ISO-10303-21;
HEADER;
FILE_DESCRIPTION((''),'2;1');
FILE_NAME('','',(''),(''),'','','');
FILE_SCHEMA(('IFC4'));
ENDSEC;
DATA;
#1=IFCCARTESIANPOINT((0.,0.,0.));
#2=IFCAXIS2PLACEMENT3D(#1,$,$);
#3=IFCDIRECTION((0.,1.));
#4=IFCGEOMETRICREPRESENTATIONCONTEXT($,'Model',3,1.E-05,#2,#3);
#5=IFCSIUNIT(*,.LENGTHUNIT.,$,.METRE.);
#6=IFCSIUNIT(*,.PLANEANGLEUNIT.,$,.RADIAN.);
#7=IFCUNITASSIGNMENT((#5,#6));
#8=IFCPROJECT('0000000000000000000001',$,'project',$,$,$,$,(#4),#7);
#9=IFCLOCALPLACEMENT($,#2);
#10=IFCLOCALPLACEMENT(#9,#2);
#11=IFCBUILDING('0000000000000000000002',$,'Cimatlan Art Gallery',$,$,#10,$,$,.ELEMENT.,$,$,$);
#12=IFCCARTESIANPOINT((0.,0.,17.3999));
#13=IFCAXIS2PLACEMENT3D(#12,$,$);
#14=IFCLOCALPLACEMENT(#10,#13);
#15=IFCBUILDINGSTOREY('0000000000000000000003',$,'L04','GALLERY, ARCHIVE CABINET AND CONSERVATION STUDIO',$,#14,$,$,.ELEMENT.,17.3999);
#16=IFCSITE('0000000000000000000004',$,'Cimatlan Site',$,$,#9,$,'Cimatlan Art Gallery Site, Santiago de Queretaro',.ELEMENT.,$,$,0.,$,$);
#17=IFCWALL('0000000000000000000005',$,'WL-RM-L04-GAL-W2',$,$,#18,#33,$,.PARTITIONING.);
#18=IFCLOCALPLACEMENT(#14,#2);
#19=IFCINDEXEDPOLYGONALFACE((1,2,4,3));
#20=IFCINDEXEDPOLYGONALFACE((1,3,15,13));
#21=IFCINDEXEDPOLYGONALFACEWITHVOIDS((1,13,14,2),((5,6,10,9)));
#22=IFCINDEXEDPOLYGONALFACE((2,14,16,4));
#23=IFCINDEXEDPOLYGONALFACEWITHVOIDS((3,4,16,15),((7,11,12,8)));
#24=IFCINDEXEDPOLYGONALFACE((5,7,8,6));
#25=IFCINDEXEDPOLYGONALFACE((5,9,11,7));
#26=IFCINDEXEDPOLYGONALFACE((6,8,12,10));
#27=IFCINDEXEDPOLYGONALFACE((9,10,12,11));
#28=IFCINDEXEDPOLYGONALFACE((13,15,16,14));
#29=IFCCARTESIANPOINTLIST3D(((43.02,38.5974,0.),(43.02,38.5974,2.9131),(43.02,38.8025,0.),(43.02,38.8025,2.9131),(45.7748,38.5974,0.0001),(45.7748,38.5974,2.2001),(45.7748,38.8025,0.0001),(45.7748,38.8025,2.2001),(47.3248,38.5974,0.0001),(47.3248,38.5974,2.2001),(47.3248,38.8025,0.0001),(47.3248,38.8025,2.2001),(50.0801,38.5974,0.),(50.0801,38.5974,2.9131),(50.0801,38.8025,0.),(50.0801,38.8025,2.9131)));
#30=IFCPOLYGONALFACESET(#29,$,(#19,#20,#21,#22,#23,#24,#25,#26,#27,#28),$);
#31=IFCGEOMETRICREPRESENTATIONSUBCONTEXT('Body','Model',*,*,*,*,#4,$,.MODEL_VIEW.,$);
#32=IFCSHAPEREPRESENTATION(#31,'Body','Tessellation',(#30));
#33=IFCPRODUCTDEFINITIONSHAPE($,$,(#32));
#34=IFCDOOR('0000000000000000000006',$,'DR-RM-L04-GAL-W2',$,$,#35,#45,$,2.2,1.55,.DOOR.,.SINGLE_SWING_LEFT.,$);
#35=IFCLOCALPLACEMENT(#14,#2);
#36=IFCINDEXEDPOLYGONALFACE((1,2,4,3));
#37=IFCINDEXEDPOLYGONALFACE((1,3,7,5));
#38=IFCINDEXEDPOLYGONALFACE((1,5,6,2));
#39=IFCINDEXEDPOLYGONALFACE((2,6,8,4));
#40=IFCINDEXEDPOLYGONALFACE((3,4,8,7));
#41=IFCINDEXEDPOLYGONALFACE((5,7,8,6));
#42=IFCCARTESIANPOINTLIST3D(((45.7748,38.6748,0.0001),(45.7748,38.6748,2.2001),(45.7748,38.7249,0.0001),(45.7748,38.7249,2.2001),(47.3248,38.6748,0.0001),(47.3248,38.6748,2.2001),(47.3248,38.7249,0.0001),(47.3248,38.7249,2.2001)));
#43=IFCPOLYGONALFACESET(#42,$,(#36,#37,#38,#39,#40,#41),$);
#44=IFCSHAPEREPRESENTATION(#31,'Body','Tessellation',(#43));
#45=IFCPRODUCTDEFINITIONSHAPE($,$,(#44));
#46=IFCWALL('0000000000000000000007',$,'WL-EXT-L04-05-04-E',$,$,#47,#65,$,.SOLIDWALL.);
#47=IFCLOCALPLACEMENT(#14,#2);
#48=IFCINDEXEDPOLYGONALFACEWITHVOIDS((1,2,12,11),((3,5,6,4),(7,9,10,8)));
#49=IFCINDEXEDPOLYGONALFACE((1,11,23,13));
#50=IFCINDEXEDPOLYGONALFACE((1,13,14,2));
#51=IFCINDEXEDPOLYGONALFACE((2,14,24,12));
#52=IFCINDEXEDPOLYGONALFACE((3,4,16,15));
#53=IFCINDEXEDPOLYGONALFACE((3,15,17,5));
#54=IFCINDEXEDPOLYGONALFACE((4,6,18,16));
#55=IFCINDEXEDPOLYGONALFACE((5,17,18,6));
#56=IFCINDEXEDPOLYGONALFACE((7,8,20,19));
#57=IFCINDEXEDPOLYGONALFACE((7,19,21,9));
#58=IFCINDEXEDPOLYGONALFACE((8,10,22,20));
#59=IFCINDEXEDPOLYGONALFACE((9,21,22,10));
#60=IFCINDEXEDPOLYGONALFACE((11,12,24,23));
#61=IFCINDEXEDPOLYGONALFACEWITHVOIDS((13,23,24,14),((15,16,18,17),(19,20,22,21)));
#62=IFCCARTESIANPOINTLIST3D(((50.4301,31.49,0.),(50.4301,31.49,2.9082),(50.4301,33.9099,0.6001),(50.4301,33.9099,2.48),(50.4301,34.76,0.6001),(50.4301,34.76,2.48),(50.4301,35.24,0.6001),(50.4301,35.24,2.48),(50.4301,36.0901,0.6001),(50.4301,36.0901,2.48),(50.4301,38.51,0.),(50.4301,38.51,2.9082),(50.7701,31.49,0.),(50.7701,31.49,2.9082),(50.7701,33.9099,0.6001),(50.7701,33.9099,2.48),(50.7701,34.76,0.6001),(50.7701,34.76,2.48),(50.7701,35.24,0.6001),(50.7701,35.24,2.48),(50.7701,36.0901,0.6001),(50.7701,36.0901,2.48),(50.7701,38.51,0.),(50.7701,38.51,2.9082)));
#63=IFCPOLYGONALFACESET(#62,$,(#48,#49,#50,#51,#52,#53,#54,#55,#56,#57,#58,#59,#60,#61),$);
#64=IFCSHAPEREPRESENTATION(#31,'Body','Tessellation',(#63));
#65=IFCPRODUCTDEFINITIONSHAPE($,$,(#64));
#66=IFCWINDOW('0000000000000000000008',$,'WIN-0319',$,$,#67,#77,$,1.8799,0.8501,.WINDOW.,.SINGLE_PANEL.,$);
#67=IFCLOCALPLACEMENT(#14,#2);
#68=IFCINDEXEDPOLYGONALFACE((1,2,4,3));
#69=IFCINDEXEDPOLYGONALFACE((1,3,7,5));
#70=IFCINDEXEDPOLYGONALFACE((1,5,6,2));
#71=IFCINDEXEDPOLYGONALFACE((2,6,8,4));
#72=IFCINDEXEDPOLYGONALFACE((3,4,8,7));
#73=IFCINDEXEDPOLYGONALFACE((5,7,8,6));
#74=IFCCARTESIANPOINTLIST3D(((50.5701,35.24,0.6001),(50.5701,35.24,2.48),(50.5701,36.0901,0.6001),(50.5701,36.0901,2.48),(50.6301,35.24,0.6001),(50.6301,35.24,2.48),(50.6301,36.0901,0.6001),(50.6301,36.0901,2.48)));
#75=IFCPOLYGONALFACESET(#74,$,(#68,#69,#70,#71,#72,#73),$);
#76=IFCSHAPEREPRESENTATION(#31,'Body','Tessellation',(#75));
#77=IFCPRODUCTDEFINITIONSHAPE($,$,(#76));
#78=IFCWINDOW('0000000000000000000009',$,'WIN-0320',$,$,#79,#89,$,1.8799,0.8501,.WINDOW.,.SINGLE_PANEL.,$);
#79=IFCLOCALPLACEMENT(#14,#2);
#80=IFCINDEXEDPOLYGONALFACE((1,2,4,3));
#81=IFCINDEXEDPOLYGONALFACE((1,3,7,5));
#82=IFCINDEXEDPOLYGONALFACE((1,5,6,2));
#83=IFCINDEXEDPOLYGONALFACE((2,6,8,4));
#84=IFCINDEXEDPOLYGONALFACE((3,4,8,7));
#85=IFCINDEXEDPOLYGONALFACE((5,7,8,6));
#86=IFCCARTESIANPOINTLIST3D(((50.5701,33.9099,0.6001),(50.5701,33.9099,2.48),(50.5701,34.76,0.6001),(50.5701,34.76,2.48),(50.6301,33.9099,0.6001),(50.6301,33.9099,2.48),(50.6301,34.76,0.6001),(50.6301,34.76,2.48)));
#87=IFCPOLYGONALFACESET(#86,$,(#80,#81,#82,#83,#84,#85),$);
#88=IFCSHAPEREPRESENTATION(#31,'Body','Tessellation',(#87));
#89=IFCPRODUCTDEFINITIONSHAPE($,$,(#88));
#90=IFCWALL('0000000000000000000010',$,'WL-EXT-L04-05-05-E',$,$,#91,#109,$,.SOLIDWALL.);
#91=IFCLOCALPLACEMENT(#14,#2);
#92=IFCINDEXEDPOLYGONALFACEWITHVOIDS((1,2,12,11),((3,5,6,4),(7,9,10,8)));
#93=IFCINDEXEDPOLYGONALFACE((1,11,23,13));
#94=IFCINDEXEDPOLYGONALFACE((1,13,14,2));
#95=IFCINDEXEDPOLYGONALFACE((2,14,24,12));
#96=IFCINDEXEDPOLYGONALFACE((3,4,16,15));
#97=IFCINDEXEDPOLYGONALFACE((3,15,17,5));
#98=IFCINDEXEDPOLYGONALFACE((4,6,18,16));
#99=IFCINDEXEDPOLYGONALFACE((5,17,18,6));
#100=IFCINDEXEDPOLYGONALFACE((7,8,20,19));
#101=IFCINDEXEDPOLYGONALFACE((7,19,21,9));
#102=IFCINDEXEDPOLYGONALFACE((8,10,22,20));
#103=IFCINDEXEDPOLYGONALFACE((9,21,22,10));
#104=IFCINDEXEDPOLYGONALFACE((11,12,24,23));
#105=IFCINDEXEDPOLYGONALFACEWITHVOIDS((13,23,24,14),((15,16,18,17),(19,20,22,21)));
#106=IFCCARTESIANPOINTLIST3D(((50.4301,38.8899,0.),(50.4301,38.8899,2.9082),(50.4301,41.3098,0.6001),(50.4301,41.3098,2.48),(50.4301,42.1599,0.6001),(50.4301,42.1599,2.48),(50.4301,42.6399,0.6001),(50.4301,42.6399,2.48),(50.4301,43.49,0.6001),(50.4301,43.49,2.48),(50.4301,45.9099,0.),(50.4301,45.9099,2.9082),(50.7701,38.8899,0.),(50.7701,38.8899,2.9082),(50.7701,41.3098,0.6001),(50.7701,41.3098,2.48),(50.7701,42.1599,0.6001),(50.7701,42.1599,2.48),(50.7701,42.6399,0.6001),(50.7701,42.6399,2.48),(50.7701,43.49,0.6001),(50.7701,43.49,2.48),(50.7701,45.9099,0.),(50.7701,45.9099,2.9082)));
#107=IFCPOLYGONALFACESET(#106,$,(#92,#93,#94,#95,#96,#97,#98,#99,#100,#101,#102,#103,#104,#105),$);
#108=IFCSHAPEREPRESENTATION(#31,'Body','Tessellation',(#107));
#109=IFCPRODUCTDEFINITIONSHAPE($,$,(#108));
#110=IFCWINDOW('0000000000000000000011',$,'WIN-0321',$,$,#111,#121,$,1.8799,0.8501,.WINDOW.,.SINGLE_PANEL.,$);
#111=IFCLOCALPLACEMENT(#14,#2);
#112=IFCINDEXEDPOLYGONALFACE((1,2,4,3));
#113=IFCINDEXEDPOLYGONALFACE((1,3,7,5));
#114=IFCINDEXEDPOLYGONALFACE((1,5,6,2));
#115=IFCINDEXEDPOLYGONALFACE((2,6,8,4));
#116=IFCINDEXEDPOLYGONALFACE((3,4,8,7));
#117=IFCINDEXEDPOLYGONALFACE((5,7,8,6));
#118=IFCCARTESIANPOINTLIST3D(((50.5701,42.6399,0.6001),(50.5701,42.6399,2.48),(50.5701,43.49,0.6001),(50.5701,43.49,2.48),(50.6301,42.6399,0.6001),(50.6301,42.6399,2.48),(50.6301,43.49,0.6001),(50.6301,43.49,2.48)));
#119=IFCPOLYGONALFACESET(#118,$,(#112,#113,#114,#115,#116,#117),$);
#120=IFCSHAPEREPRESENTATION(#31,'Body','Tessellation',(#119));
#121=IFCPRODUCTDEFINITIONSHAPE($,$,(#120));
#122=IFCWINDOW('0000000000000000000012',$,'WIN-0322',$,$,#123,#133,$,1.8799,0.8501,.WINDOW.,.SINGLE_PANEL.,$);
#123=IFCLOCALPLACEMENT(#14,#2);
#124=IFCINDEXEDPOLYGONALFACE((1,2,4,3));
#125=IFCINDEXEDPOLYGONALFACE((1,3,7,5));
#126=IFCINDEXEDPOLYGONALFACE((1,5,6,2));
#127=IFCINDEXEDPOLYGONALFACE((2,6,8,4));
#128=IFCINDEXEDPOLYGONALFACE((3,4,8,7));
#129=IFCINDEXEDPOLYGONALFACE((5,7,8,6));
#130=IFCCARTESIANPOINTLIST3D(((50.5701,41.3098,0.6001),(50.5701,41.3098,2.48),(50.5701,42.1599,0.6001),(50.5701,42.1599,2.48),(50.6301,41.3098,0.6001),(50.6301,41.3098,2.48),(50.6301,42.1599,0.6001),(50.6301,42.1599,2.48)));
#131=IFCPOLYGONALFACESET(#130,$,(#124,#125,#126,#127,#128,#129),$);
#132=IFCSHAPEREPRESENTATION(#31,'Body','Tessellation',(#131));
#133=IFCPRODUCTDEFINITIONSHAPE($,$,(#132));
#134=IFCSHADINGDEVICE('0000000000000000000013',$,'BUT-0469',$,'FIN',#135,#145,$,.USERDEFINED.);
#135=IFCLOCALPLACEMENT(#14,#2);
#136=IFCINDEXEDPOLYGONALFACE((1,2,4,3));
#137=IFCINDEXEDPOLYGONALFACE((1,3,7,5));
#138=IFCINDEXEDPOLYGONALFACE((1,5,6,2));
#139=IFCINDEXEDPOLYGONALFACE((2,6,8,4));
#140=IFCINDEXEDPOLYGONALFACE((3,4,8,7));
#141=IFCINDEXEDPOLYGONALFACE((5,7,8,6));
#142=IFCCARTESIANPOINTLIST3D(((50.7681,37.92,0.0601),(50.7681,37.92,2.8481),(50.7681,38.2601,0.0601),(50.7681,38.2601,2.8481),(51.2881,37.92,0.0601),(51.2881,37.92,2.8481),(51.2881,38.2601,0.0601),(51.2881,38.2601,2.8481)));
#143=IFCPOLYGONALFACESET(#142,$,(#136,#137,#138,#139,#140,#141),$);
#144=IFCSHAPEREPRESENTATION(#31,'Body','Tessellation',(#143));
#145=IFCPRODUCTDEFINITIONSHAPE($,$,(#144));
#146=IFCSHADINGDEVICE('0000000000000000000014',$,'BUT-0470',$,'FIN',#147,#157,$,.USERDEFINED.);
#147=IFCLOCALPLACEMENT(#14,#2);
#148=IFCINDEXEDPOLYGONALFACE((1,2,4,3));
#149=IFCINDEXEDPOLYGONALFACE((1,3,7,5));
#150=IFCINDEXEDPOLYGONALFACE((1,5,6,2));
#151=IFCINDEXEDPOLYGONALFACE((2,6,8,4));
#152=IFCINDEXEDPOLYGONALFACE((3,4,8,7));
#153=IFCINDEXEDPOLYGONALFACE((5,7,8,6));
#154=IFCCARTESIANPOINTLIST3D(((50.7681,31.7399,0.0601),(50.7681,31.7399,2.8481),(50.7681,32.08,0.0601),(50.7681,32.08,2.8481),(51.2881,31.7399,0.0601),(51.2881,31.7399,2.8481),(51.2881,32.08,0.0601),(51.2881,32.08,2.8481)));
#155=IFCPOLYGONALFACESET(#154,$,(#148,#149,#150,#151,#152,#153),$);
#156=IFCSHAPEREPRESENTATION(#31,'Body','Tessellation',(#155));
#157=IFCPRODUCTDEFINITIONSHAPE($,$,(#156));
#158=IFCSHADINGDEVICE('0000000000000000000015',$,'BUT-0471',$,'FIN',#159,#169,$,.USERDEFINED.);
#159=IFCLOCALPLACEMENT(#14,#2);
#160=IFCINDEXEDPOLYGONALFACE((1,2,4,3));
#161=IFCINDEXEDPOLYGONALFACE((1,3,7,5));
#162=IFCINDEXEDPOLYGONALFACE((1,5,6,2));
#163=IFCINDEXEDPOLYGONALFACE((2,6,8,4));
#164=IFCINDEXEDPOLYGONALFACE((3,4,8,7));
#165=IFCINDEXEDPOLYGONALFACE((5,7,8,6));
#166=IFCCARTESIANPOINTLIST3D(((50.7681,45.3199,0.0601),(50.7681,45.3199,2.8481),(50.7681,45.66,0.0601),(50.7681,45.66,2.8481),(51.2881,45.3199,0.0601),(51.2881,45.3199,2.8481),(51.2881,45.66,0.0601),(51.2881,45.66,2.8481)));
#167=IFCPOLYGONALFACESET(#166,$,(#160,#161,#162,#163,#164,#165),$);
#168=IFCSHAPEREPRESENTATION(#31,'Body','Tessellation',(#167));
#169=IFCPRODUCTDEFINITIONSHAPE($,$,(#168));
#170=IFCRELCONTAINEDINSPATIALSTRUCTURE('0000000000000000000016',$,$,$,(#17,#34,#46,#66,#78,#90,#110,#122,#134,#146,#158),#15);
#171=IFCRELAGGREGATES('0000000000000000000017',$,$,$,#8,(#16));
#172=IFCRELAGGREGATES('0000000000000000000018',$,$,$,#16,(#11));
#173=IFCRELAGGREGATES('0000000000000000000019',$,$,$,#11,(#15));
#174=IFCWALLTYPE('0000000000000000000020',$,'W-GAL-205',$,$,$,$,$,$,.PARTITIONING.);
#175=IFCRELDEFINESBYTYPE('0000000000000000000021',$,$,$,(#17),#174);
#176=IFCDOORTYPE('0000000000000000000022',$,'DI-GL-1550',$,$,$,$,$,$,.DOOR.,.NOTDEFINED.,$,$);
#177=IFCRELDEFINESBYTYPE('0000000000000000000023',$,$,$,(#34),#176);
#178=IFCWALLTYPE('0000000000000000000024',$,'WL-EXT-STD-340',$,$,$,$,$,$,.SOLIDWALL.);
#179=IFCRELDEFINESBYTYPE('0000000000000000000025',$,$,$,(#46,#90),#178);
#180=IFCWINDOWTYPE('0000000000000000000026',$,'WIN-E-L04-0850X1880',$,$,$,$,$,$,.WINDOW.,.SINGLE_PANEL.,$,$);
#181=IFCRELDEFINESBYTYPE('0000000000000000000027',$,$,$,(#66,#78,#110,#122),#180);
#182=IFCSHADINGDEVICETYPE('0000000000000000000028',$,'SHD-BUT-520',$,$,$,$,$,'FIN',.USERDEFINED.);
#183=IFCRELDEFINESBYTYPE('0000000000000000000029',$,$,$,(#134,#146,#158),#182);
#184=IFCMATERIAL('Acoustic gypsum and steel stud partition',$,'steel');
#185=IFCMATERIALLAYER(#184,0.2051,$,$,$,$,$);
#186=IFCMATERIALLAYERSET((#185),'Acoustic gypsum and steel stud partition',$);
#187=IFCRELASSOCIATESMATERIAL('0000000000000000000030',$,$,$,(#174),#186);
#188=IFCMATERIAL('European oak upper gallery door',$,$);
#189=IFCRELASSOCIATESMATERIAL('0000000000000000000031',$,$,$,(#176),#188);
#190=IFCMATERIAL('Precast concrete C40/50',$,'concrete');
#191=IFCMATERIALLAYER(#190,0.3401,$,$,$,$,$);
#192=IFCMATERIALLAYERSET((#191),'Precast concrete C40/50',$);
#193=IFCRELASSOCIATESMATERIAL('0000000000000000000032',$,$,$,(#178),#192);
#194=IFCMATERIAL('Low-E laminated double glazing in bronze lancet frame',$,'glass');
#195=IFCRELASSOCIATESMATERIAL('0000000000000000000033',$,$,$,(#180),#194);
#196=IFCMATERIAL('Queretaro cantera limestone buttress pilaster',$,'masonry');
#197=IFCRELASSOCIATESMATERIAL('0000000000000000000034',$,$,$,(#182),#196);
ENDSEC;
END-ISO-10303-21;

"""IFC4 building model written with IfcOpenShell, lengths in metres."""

from ifc_helpers import new_model, si_unit, direction, frame, frame_2d, origin, origin_2d, place, context, subcontext, project, spatial, rectangle, extrude, material, layer, layer_set, type_object, element, fill, save


model = new_model("IFC4")

# Units and contexts
model_context = context("Model", 3, precision=1e-05, world=origin(), true_north=direction((0.0, 1.0)))
body_context = subcontext(model_context, "Body", "Model", "MODEL_VIEW")
ifc_project = project(units=[si_unit("LENGTHUNIT", "METRE"), si_unit("PLANEANGLEUNIT", "RADIAN")], contexts=[model_context])

# Site, building, storey
site_placement = place(None, origin())
site = spatial("IfcSite", under=ifc_project, at=site_placement, Name="Cimatlan Site", LongName="Cimatlan Art Gallery Site, Santiago de Queretaro", CompositionType="ELEMENT", RefElevation=0.0)
building_placement = place(site_placement, origin())
building = spatial("IfcBuilding", under=site, at=building_placement, Name="Cimatlan Art Gallery", CompositionType="ELEMENT")
storey_placement = place(building_placement, frame((0.0, 0.0, 17.3999)))
storey = spatial("IfcBuildingStorey", under=building, at=storey_placement, Name="L04", Description="GALLERY, ARCHIVE CABINET AND CONSERVATION STUDIO", CompositionType="ELEMENT", Elevation=17.3999)

# Wall, opening, door
ifc_material_1 = material(Name="Precast concrete C40/50", Category="concrete")
ifc_material_2 = material(Name="Acoustic gypsum and steel stud partition", Category="steel")
ifc_layer_1 = layer(ifc_material_2, 0.2051)
ifc_layer_set_1 = layer_set([ifc_layer_1], Name="Acoustic gypsum and steel stud partition")
wall_type_1 = type_object("IfcWallType", Name="W-GAL-205", PredefinedType="PARTITIONING", material=ifc_layer_set_1)
wall_1_placement = place(storey_placement, frame((43.02, 38.7, 0.0), z_axis=(0.0, 0.0, 1.0), x_axis=(1.0, 0.0, 0.0)))
wall_1 = element("IfcWall", 1, at=wall_1_placement, inside=storey, type_object=wall_type_1, Name="WL-RM-L04-GAL-W2", PredefinedType="PARTITIONING", context=body_context, shape_type="SweptSolid", body=[
    extrude(rectangle(XDim=7.0601, YDim=0.2051, at=frame_2d((3.53, 0.0))), origin(), (0.0, 0.0, 1.0), 2.9131),
])
opening_1_placement = place(wall_1_placement, frame((2.7549, 0.0, 0.0)))
opening_1 = element("IfcOpeningElement", 2, at=opening_1_placement, cuts=wall_1, PredefinedType="OPENING", context=body_context, shape_type="SweptSolid", body=[
    extrude(rectangle(XDim=1.55, YDim=2.2, at=frame_2d((0.7749, 1.1001))), frame((0.0, 0.1125, 0.0), z_axis=(0.0, -1.0, 0.0), x_axis=(1.0, 0.0, 0.0)), (0.0, 0.0, 1.0), 0.2251),
])
ifc_material_3 = material(Name="European oak upper gallery door")
door_type_1 = type_object("IfcDoorType", Name="DI-GL-1550", OperationType="NOTDEFINED", PredefinedType="DOOR", material=ifc_material_3)
door_1_placement = place(opening_1_placement, origin())
door_1 = element("IfcDoor", 3, at=door_1_placement, inside=storey, type_object=door_type_1, Name="DR-RM-L04-GAL-W2", OperationType="SINGLE_SWING_LEFT", OverallHeight=2.2, OverallWidth=1.55, PredefinedType="DOOR", context=body_context, shape_type="SweptSolid", body=[
    extrude(rectangle(XDim=1.55, YDim=2.2, at=frame_2d((0.7749, 1.1001))), frame((0.0, 0.0249, 0.0), z_axis=(0.0, -1.0, 0.0), x_axis=(1.0, 0.0, 0.0)), (0.0, 0.0, 1.0), 0.05),
])
fill(opening_1, door_1)

# Walls, openings, windows
ifc_layer_2 = layer(ifc_material_1, 0.3401)
ifc_layer_set_2 = layer_set([ifc_layer_2], Name="Precast concrete C40/50")
wall_type_2 = type_object("IfcWallType", Name="WL-EXT-STD-340", PredefinedType="SOLIDWALL", material=ifc_layer_set_2)
wall_2_placement = place(storey_placement, frame((50.6001, 38.51, 0.0), z_axis=(0.0, 0.0, 1.0), x_axis=(0.0, -1.0, 0.0)))
wall_2 = element("IfcWall", 4, at=wall_2_placement, inside=storey, type_object=wall_type_2, Name="WL-EXT-L04-05-04-E", PredefinedType="SOLIDWALL", context=body_context, shape_type="SweptSolid", body=[
    extrude(rectangle(XDim=7.02, YDim=0.3401, at=frame_2d((3.51, 0.0))), origin(), (0.0, 0.0, 1.0), 2.9082),
])
opening_2_placement = place(wall_2_placement, frame((2.4199, 0.0, 0.6001)))
opening_2 = element("IfcOpeningElement", 5, at=opening_2_placement, cuts=wall_2, PredefinedType="OPENING", context=body_context, shape_type="SweptSolid", body=[
    extrude(rectangle(XDim=0.8501, YDim=1.8799, at=frame_2d((0.425, 0.9399))), frame((0.0, 0.1802, 0.0), z_axis=(0.0, -1.0, 0.0), x_axis=(1.0, 0.0, 0.0)), (0.0, 0.0, 1.0), 0.3601),
])
opening_3_placement = place(wall_2_placement, frame((3.75, 0.0, 0.6001)))
opening_3 = element("IfcOpeningElement", 6, at=opening_3_placement, cuts=wall_2, PredefinedType="OPENING", context=body_context, shape_type="SweptSolid", body=[
    extrude(rectangle(XDim=0.8501, YDim=1.8799, at=frame_2d((0.425, 0.9399))), frame((0.0, 0.1802, 0.0), z_axis=(0.0, -1.0, 0.0), x_axis=(1.0, 0.0, 0.0)), (0.0, 0.0, 1.0), 0.3601),
])
ifc_material_4 = material(Name="Low-E laminated double glazing in bronze lancet frame", Category="glass")
window_type = type_object("IfcWindowType", Name="WIN-E-L04-0850X1880", PartitioningType="SINGLE_PANEL", PredefinedType="WINDOW", material=ifc_material_4)
window_1_placement = place(opening_2_placement, origin())
window_1 = element("IfcWindow", 7, at=window_1_placement, inside=storey, type_object=window_type, Name="WIN-0319", OverallHeight=1.8799, OverallWidth=0.8501, PartitioningType="SINGLE_PANEL", PredefinedType="WINDOW", context=body_context, shape_type="SweptSolid", body=[
    extrude(rectangle(XDim=0.8501, YDim=1.8799, at=frame_2d((0.425, 0.9399))), frame((0.0, 0.03, 0.0), z_axis=(0.0, -1.0, 0.0), x_axis=(1.0, 0.0, 0.0)), (0.0, 0.0, 1.0), 0.0601),
])
fill(opening_2, window_1)
window_2_placement = place(opening_3_placement, origin())
window_2 = element("IfcWindow", 8, at=window_2_placement, inside=storey, type_object=window_type, Name="WIN-0320", OverallHeight=1.8799, OverallWidth=0.8501, PartitioningType="SINGLE_PANEL", PredefinedType="WINDOW", context=body_context, shape_type="SweptSolid", body=[
    extrude(rectangle(XDim=0.8501, YDim=1.8799, at=frame_2d((0.425, 0.9399))), frame((0.0, 0.03, 0.0), z_axis=(0.0, -1.0, 0.0), x_axis=(1.0, 0.0, 0.0)), (0.0, 0.0, 1.0), 0.0601),
])
fill(opening_3, window_2)
wall_3_placement = place(storey_placement, frame((50.6001, 45.9099, 0.0), z_axis=(0.0, 0.0, 1.0), x_axis=(0.0, -1.0, 0.0)))
wall_3 = element("IfcWall", 9, at=wall_3_placement, inside=storey, type_object=wall_type_2, Name="WL-EXT-L04-05-05-E", PredefinedType="SOLIDWALL", context=body_context, shape_type="SweptSolid", body=[
    extrude(rectangle(XDim=7.02, YDim=0.3401, at=frame_2d((3.51, 0.0))), origin(), (0.0, 0.0, 1.0), 2.9082),
])
opening_4_placement = place(wall_3_placement, frame((2.4199, 0.0, 0.6001)))
opening_4 = element("IfcOpeningElement", 10, at=opening_4_placement, cuts=wall_3, PredefinedType="OPENING", context=body_context, shape_type="SweptSolid", body=[
    extrude(rectangle(XDim=0.8501, YDim=1.8799, at=frame_2d((0.425, 0.9399))), frame((0.0, 0.1802, 0.0), z_axis=(0.0, -1.0, 0.0), x_axis=(1.0, 0.0, 0.0)), (0.0, 0.0, 1.0), 0.3601),
])
opening_5_placement = place(wall_3_placement, frame((3.75, 0.0, 0.6001)))
opening_5 = element("IfcOpeningElement", 11, at=opening_5_placement, cuts=wall_3, PredefinedType="OPENING", context=body_context, shape_type="SweptSolid", body=[
    extrude(rectangle(XDim=0.8501, YDim=1.8799, at=frame_2d((0.425, 0.9399))), frame((0.0, 0.1802, 0.0), z_axis=(0.0, -1.0, 0.0), x_axis=(1.0, 0.0, 0.0)), (0.0, 0.0, 1.0), 0.3601),
])
window_3_placement = place(opening_4_placement, origin())
window_3 = element("IfcWindow", 12, at=window_3_placement, inside=storey, type_object=window_type, Name="WIN-0321", OverallHeight=1.8799, OverallWidth=0.8501, PartitioningType="SINGLE_PANEL", PredefinedType="WINDOW", context=body_context, shape_type="SweptSolid", body=[
    extrude(rectangle(XDim=0.8501, YDim=1.8799, at=frame_2d((0.425, 0.9399))), frame((0.0, 0.03, 0.0), z_axis=(0.0, -1.0, 0.0), x_axis=(1.0, 0.0, 0.0)), (0.0, 0.0, 1.0), 0.0601),
])
fill(opening_4, window_3)
window_4_placement = place(opening_5_placement, origin())
window_4 = element("IfcWindow", 13, at=window_4_placement, inside=storey, type_object=window_type, Name="WIN-0322", OverallHeight=1.8799, OverallWidth=0.8501, PartitioningType="SINGLE_PANEL", PredefinedType="WINDOW", context=body_context, shape_type="SweptSolid", body=[
    extrude(rectangle(XDim=0.8501, YDim=1.8799, at=frame_2d((0.425, 0.9399))), frame((0.0, 0.03, 0.0), z_axis=(0.0, -1.0, 0.0), x_axis=(1.0, 0.0, 0.0)), (0.0, 0.0, 1.0), 0.0601),
])
fill(opening_5, window_4)

# Shading devices
ifc_material_5 = material(Name="Queretaro cantera limestone buttress pilaster", Category="masonry")
shading_device_type = type_object("IfcShadingDeviceType", Name="SHD-BUT-520", ElementType="FIN", PredefinedType="USERDEFINED", material=ifc_material_5)
for number, where, z_axis, x_axis, name in (
    (14, (51.0281, 38.0901, 0.0601), (0.0, 0.0, 1.0), (0.0, -1.0, 0.0), "BUT-0469"),
    (15, (51.0281, 31.9099, 0.0601), (0.0, 0.0, 1.0), (0.0, -1.0, 0.0), "BUT-0470"),
    (16, (51.0281, 45.49, 0.0601), (0.0, 0.0, 1.0), (0.0, -1.0, 0.0), "BUT-0471"),
):
    element("IfcShadingDevice", number, at=place(storey_placement, frame(where, z_axis=z_axis, x_axis=x_axis)), inside=storey, type_object=shading_device_type, Name=name, ObjectType="FIN", PredefinedType="USERDEFINED", context=body_context, shape_type="SweptSolid", body=[
        extrude(rectangle(XDim=0.3401, YDim=0.52, at=origin_2d()), origin(), (0.0, 0.0, 1.0), 2.7881),
    ])

save(model, "model.ifc")
